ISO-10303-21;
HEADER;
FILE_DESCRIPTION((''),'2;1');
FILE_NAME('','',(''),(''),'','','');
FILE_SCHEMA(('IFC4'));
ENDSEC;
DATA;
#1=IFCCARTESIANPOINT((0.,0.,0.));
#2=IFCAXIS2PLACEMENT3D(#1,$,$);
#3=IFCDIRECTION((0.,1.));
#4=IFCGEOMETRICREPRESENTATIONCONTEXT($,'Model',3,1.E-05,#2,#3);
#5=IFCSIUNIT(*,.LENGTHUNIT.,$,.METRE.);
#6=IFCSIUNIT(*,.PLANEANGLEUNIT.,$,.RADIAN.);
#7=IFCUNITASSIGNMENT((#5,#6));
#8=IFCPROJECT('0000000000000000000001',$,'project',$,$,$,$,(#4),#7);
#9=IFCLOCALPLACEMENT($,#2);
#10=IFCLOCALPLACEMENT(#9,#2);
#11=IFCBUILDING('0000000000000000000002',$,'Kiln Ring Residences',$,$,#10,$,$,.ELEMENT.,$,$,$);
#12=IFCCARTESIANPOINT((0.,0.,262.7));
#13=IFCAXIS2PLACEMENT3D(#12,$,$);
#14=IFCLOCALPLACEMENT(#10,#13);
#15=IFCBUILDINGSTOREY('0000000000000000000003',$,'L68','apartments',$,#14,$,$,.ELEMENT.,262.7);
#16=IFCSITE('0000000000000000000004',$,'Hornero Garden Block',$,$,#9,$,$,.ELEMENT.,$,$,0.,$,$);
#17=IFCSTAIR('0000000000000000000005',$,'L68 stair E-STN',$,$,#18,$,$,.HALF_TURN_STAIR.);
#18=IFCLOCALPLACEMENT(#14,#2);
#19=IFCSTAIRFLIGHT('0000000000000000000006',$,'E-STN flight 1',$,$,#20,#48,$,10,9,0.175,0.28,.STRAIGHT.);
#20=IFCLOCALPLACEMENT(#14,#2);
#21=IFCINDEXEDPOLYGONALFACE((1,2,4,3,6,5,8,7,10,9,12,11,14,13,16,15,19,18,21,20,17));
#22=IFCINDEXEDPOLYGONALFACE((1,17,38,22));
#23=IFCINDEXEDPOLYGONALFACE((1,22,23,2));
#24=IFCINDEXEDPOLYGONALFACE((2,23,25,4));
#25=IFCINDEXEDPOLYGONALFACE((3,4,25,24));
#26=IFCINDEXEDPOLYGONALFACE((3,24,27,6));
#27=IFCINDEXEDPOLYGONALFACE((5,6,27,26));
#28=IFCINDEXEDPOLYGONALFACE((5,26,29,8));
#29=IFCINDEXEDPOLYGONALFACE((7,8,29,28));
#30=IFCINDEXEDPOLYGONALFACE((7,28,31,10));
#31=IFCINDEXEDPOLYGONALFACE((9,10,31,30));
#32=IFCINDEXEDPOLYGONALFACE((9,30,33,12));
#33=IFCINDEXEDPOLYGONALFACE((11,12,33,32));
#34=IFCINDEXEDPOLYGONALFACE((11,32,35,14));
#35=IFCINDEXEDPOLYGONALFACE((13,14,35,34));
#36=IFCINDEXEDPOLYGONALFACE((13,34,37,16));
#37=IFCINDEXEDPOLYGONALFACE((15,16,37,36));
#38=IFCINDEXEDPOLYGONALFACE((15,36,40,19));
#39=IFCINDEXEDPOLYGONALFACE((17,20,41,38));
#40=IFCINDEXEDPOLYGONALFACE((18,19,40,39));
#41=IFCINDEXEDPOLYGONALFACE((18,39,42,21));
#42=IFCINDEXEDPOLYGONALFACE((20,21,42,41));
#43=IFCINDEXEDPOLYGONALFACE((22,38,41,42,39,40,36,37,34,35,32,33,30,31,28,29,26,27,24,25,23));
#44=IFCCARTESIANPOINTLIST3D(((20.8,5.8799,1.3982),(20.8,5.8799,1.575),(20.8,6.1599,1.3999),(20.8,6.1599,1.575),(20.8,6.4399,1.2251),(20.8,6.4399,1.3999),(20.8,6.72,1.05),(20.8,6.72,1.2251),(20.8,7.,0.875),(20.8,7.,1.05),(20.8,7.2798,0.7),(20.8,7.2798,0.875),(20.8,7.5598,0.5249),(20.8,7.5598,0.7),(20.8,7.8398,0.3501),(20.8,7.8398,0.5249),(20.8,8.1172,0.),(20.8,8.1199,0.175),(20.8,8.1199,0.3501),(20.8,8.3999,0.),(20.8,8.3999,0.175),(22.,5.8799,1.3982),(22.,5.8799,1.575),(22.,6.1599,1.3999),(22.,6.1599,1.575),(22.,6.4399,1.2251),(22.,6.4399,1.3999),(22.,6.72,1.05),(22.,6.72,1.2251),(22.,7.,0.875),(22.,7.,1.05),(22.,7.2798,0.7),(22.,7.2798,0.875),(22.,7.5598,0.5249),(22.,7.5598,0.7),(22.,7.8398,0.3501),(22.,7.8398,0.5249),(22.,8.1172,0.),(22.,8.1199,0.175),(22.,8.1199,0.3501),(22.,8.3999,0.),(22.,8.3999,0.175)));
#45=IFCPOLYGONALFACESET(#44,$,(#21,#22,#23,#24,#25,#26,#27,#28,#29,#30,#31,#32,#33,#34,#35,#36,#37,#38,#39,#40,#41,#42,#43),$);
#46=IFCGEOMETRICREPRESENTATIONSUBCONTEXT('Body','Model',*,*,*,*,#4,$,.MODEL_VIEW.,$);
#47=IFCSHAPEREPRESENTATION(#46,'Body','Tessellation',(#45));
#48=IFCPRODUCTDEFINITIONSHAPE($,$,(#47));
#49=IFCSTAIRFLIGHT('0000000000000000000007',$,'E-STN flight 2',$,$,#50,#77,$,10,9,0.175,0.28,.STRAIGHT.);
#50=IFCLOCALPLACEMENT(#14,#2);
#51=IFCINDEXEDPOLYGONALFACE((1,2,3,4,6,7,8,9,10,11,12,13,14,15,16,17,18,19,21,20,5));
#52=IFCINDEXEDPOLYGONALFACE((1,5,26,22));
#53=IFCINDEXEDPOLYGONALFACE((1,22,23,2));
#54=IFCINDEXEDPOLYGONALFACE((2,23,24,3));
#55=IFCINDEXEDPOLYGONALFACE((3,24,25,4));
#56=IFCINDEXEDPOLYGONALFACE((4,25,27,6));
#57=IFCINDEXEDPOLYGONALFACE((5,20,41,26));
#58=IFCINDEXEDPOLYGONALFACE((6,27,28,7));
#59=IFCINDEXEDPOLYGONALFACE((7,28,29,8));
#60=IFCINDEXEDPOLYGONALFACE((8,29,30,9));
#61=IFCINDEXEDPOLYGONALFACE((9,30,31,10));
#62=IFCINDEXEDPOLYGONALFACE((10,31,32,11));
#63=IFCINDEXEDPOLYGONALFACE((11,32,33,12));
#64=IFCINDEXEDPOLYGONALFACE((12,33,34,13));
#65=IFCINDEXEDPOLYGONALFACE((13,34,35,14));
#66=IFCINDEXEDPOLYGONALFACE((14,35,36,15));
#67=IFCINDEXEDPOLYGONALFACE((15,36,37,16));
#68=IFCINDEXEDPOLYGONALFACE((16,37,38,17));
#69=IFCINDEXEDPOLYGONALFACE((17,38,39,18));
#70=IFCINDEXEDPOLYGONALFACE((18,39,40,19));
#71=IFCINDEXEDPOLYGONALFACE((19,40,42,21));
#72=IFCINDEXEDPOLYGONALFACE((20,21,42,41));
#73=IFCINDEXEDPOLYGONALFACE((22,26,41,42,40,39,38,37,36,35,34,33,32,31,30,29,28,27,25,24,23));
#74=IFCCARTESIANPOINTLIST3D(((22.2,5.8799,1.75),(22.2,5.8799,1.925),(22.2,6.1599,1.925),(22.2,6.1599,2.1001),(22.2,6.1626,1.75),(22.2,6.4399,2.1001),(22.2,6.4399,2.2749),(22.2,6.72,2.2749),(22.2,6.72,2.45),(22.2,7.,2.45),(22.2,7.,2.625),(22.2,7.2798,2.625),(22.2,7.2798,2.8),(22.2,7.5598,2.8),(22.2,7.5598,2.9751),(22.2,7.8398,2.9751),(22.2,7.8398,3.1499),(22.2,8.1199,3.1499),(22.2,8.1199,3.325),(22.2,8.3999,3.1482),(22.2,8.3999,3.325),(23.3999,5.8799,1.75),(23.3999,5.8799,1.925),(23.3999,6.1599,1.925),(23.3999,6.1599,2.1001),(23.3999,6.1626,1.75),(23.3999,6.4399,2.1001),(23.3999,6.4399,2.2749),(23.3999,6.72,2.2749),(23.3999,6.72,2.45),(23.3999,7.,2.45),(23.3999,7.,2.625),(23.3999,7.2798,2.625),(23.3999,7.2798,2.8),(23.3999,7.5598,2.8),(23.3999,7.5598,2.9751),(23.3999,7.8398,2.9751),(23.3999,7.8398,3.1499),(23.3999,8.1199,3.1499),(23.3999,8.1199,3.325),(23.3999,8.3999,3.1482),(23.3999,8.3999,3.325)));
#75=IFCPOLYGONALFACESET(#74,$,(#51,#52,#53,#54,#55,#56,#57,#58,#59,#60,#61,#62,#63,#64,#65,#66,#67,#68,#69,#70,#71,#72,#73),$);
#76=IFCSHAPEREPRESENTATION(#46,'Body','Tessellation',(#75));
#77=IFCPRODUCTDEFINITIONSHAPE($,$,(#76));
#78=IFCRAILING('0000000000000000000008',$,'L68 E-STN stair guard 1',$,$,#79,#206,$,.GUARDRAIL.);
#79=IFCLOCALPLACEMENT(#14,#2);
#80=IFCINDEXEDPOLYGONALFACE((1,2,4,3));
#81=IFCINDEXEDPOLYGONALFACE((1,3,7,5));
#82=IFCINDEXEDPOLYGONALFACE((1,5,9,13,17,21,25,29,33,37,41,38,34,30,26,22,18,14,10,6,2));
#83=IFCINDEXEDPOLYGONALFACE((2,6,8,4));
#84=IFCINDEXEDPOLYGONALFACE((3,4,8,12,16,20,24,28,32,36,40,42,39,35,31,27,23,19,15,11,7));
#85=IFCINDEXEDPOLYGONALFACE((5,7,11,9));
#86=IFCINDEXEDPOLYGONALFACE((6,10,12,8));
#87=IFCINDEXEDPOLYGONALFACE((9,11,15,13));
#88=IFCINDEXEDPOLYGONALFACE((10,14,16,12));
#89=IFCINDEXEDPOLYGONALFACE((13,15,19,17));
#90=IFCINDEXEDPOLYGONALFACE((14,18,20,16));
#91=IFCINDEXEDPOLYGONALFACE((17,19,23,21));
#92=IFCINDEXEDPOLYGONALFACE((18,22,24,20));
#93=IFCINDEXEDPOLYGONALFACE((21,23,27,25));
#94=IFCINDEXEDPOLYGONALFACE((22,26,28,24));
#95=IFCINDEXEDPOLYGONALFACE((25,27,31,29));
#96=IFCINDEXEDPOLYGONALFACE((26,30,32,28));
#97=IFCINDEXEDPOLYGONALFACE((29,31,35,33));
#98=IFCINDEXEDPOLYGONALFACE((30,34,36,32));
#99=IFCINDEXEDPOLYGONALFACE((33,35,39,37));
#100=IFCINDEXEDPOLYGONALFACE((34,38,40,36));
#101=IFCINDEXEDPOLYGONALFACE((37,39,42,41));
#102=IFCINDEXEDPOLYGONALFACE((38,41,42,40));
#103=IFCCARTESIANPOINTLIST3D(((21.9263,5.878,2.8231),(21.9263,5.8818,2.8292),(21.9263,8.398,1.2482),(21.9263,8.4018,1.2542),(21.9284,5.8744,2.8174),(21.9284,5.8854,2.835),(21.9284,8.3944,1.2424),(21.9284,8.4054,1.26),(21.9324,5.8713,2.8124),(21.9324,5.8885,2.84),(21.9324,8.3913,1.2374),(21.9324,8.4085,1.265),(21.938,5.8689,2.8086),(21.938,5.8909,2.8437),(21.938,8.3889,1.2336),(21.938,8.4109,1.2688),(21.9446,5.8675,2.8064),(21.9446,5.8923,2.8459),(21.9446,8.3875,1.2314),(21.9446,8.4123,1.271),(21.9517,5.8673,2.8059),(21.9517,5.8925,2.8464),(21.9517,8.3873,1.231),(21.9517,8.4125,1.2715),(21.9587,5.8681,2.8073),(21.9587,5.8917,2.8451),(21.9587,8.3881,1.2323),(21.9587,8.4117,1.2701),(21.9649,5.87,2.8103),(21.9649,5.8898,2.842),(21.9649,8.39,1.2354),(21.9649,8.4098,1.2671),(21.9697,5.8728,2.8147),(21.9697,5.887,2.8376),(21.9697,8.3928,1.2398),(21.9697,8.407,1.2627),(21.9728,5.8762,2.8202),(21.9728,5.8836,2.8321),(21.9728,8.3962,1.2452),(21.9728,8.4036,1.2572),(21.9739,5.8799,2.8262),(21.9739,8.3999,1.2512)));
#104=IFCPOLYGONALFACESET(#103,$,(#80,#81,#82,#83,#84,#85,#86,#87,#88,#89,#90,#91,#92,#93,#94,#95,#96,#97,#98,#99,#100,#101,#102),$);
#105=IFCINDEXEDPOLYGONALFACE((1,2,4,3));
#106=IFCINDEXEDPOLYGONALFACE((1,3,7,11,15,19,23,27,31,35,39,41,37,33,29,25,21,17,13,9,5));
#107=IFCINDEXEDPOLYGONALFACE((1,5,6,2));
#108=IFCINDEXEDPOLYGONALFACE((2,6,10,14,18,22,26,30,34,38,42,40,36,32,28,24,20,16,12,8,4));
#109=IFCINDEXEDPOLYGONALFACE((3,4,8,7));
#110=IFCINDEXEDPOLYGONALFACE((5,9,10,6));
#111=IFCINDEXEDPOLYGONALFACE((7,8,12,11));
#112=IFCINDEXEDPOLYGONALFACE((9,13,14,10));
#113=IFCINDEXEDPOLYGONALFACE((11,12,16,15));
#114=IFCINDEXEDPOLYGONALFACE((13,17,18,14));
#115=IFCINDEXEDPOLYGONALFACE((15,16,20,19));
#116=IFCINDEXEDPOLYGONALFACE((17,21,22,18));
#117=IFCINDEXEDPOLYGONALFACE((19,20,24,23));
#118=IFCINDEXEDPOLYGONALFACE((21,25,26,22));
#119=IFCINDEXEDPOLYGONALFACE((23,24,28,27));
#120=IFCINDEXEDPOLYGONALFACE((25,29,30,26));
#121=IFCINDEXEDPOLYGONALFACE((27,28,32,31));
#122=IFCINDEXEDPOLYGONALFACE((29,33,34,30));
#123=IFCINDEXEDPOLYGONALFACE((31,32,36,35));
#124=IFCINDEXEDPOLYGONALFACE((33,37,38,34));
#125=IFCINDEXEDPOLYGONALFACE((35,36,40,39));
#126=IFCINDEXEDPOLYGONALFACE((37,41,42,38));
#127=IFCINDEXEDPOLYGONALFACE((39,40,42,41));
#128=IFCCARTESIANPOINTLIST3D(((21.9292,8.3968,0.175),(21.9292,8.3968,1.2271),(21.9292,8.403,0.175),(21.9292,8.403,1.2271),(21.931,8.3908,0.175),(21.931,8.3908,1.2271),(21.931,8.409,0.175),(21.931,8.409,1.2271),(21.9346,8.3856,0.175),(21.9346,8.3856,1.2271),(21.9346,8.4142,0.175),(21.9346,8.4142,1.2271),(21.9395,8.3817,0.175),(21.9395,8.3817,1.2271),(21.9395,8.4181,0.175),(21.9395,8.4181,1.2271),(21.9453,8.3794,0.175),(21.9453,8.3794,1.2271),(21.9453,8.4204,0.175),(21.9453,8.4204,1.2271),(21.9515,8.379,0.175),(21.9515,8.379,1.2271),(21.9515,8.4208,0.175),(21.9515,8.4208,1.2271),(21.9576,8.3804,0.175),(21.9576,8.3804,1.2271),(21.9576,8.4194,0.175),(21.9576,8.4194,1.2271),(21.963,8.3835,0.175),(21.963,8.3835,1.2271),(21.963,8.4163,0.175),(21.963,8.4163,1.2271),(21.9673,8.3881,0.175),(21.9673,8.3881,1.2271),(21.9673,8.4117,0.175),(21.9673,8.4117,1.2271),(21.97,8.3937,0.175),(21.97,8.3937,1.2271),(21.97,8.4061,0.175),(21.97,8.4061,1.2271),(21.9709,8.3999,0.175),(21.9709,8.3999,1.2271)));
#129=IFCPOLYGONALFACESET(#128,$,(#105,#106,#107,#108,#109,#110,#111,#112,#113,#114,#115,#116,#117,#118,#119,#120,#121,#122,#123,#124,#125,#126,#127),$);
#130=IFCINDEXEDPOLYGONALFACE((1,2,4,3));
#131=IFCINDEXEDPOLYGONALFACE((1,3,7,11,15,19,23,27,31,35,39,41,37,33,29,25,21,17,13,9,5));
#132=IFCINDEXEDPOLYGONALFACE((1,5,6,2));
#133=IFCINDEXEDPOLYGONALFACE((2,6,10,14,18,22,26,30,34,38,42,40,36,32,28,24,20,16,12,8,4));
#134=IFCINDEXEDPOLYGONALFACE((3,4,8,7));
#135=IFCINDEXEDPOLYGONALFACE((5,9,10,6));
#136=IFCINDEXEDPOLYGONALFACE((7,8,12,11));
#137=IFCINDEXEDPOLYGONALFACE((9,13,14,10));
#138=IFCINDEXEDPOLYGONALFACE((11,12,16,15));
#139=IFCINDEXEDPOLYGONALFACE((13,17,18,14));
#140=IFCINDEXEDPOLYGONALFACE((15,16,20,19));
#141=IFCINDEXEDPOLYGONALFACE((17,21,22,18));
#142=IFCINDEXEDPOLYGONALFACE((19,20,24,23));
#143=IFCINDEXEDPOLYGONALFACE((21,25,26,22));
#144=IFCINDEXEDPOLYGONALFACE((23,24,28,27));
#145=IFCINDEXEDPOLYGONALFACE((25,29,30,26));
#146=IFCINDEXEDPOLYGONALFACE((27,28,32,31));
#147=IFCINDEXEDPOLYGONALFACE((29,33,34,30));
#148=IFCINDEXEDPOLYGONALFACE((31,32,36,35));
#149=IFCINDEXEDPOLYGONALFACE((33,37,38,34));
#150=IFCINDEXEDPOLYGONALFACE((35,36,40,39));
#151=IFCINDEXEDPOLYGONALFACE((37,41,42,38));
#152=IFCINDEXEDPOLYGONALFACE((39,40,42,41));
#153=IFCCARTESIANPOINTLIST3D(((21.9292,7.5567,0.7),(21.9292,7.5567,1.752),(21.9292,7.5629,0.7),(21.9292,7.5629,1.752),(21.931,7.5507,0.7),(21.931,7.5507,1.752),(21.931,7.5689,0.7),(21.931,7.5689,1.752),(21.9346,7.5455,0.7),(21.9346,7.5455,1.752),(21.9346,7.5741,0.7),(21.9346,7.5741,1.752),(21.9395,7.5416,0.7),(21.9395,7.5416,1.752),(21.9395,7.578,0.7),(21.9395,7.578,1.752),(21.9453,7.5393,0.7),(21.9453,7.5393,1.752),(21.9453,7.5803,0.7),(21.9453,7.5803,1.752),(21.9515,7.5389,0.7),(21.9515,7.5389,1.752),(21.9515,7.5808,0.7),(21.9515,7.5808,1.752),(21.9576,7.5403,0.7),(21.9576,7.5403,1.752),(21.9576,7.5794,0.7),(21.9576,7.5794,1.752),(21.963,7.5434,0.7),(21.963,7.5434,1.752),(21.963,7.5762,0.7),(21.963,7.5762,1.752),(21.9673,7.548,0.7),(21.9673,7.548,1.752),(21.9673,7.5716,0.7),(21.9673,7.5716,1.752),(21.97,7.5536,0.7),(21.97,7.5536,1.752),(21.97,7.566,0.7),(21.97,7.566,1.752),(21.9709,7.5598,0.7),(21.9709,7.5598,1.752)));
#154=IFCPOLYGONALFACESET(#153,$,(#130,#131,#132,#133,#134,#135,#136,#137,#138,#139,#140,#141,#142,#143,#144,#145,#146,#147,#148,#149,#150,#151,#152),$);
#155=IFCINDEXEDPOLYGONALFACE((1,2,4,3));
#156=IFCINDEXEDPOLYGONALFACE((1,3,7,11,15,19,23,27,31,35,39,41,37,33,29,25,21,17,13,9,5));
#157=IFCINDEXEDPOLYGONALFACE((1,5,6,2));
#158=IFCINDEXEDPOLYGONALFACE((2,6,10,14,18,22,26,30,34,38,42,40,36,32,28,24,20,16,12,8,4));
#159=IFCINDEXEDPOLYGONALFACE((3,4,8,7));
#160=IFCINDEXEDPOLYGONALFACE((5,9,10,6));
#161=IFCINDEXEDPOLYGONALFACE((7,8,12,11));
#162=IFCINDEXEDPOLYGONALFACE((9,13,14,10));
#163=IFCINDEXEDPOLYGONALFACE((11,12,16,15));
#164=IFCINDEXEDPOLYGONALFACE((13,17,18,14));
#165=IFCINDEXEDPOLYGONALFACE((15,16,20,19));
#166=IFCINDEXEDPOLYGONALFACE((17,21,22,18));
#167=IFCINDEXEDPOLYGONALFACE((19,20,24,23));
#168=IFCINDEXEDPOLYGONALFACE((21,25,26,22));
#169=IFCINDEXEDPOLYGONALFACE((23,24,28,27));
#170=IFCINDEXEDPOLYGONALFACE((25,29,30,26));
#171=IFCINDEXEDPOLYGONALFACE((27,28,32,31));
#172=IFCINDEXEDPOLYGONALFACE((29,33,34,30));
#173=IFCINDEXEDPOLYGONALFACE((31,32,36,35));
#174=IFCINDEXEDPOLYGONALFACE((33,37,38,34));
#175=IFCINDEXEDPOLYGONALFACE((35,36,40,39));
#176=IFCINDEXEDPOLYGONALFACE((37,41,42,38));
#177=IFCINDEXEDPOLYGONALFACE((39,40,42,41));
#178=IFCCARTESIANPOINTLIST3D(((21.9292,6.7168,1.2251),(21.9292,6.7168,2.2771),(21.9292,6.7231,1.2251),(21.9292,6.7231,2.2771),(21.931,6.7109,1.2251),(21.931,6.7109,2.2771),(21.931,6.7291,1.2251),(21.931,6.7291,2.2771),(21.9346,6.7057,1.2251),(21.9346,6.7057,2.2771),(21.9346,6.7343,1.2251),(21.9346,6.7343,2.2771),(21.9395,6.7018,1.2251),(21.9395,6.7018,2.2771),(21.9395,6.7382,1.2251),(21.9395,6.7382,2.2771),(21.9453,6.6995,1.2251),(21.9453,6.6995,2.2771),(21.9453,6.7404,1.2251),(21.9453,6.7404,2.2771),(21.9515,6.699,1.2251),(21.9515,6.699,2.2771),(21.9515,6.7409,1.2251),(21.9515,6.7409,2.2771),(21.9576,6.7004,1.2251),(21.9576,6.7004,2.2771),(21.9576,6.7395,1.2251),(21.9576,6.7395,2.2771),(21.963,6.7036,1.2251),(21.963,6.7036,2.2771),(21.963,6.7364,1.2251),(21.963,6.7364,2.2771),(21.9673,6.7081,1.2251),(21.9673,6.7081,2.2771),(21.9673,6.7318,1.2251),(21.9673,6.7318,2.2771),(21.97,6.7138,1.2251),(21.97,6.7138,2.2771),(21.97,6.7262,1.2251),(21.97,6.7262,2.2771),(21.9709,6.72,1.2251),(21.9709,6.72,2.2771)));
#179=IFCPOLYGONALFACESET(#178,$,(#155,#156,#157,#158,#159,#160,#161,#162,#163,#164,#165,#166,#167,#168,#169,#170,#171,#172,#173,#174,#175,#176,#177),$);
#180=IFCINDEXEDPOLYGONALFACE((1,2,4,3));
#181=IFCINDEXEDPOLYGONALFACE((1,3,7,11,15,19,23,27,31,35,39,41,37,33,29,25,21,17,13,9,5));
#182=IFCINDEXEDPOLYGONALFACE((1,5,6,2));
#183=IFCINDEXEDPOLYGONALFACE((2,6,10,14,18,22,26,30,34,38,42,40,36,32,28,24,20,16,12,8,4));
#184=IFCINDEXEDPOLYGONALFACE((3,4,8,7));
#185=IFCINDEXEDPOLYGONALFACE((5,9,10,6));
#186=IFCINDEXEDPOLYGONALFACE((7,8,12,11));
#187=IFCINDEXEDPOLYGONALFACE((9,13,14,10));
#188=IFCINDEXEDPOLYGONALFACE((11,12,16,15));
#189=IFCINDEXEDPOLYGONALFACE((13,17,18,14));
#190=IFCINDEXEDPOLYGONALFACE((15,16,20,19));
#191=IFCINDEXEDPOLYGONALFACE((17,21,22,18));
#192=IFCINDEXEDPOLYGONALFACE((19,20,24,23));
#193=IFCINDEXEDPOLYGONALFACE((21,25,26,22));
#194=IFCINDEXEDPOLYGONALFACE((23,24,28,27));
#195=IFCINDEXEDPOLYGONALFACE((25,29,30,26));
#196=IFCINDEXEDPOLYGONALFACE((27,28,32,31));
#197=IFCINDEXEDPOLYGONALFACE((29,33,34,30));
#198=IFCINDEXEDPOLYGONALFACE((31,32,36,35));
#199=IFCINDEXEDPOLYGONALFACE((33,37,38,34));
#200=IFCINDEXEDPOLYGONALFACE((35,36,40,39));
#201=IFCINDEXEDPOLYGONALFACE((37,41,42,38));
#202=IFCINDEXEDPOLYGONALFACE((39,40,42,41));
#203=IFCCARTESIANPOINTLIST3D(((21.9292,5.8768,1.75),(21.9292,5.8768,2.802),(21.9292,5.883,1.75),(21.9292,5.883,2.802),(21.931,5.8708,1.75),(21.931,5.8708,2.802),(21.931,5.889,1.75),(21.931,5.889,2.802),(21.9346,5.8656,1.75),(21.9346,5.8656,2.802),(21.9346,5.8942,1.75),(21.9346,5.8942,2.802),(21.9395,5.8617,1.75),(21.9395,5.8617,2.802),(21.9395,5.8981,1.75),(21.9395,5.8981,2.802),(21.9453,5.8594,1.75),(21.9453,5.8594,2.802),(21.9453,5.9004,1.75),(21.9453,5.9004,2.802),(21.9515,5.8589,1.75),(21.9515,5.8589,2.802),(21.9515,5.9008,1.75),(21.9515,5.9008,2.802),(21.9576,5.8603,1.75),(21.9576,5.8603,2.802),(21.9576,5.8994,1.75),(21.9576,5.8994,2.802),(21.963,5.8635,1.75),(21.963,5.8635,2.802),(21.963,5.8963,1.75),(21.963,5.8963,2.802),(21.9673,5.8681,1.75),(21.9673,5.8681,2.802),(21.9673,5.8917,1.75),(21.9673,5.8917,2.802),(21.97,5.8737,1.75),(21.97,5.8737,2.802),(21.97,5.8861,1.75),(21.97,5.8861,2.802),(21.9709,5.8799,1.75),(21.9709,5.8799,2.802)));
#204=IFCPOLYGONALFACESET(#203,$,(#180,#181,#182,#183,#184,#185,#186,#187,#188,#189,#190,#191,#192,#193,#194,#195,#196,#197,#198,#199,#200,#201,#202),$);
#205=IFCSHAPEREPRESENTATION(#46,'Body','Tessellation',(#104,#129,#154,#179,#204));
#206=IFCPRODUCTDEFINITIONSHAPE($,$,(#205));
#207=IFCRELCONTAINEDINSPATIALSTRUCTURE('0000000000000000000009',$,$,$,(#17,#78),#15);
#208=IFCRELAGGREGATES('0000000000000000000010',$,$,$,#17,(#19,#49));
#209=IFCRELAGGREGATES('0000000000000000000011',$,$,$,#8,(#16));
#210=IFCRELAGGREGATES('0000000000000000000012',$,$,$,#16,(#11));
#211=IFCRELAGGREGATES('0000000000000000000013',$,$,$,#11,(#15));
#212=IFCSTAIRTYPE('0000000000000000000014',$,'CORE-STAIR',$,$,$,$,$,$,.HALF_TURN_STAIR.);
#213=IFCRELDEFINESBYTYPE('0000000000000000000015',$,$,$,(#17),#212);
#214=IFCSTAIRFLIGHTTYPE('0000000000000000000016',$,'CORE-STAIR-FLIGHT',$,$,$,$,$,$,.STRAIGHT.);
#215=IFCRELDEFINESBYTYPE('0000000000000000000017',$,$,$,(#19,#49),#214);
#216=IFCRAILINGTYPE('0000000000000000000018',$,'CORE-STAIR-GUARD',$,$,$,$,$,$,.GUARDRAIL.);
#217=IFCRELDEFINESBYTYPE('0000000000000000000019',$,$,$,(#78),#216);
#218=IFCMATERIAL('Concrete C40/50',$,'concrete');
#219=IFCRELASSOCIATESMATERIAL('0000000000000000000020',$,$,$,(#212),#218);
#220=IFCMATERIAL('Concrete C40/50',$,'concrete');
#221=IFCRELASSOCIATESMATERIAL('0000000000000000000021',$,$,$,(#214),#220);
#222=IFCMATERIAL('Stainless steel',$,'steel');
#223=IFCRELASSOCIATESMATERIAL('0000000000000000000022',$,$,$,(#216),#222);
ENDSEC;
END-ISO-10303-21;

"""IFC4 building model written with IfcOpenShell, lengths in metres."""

from ifc_helpers import new_model, si_unit, direction, frame, origin, origin_2d, place, context, subcontext, project, spatial, polyline, circle, outline, extrude, material, type_object, element, aggregate, save


model = new_model("IFC4")

# Units and contexts
model_context = context("Model", 3, precision=1e-05, world=origin(), true_north=direction((0.0, 1.0)))
body_context = subcontext(model_context, "Body", "Model", "MODEL_VIEW")
ifc_project = project(units=[si_unit("LENGTHUNIT", "METRE"), si_unit("PLANEANGLEUNIT", "RADIAN")], contexts=[model_context])

# Site, building, storey
site_placement = place(None, origin())
site = spatial("IfcSite", under=ifc_project, at=site_placement, Name="Hornero Garden Block", CompositionType="ELEMENT", RefElevation=0.0)
building_placement = place(site_placement, origin())
building = spatial("IfcBuilding", under=site, at=building_placement, Name="Kiln Ring Residences", CompositionType="ELEMENT")
storey_placement = place(building_placement, frame((0.0, 0.0, 262.7)))
storey = spatial("IfcBuildingStorey", under=building, at=storey_placement, Name="L68", Description="apartments", CompositionType="ELEMENT", Elevation=262.7)

# Stair, stair flights
ifc_material_1 = material(Name="Concrete C40/50", Category="concrete")
stair_type = type_object("IfcStairType", Name="CORE-STAIR", PredefinedType="HALF_TURN_STAIR", material=ifc_material_1)
stair_placement = place(storey_placement, origin())
stair = element("IfcStair", 1, at=stair_placement, inside=storey, type_object=stair_type, Name="L68 stair E-STN", PredefinedType="HALF_TURN_STAIR")
ifc_material_2 = material(Name="Concrete C40/50", Category="concrete")
stair_flight_type = type_object("IfcStairFlightType", Name="CORE-STAIR-FLIGHT", PredefinedType="STRAIGHT", material=ifc_material_2)
stair_flight_1_placement = place(storey_placement, frame((21.3999, 8.3999, 0.0), z_axis=(0.0, 0.0, 1.0), x_axis=(0.0, -1.0, 0.0)))
stair_flight_1 = element("IfcStairFlight", 2, at=stair_flight_1_placement, type_object=stair_flight_type, Name="E-STN flight 1", NumberOfRisers=10, NumberOfTreads=9, PredefinedType="STRAIGHT", RiserHeight=0.175, TreadLength=0.28, context=body_context, shape_type="SweptSolid", body=[
    extrude(outline(polyline([(0.0, 0.0), (0.0, 0.175), (0.28, 0.175), (0.28, 0.3501), (0.5601, 0.3501), (0.5601, 0.5249), (0.8401, 0.5249), (0.8401, 0.7), (1.1201, 0.7), (1.1201, 0.875), (1.3999, 0.875), (1.3999, 1.05), (1.6799, 1.05), (1.6799, 1.2251), (1.96, 1.2251), (1.96, 1.3999), (2.24, 1.3999), (2.24, 1.575), (2.52, 1.575), (2.52, 1.75), (2.52, 1.3982), (0.2827, 0.0), (0.0, 0.0)])), frame((0.0, 0.6001, 0.0), z_axis=(0.0, -1.0, 0.0), x_axis=(1.0, 0.0, 0.0)), (0.0, 0.0, 1.0), 1.2),
])
stair_flight_2_placement = place(storey_placement, frame((22.8, 5.8799, 1.75), z_axis=(0.0, 0.0, 1.0), x_axis=(0.0, 1.0, 0.0)))
stair_flight_2 = element("IfcStairFlight", 3, at=stair_flight_2_placement, type_object=stair_flight_type, Name="E-STN flight 2", NumberOfRisers=10, NumberOfTreads=9, PredefinedType="STRAIGHT", RiserHeight=0.175, TreadLength=0.28, context=body_context, shape_type="SweptSolid", body=[
    extrude(outline(polyline([(0.0, 0.0), (0.0, 0.175), (0.28, 0.175), (0.28, 0.3501), (0.5601, 0.3501), (0.5601, 0.5249), (0.8401, 0.5249), (0.8401, 0.7), (1.1201, 0.7), (1.1201, 0.875), (1.3999, 0.875), (1.3999, 1.05), (1.6799, 1.05), (1.6799, 1.2251), (1.96, 1.2251), (1.96, 1.3999), (2.24, 1.3999), (2.24, 1.575), (2.52, 1.575), (2.52, 1.75), (2.52, 1.3982), (0.2827, 0.0), (0.0, 0.0)])), frame((0.0, 0.6001, 0.0), z_axis=(0.0, -1.0, 0.0), x_axis=(1.0, 0.0, 0.0)), (0.0, 0.0, 1.0), 1.2),
])
aggregate(stair, [stair_flight_1, stair_flight_2])

# Railing
ifc_material_3 = material(Name="Stainless steel", Category="steel")
railing_type_1 = type_object("IfcRailingType", Name="CORE-STAIR-GUARD", PredefinedType="GUARDRAIL", material=ifc_material_3)
railing_1_placement = place(storey_placement, frame((21.95, 8.3999, 0.175)))
element("IfcRailing", 4, at=railing_1_placement, inside=storey, type_object=railing_type_1, Name="L68 E-STN stair guard 1", PredefinedType="GUARDRAIL", context=body_context, shape_type="SweptSolid", body=[
    extrude(circle(Radius=0.0239, at=origin_2d()), frame((0.0, 0.0, 1.0762), z_axis=(0.0, -0.848008, 0.529984), x_axis=(1.0, 0.0, 0.0)), (0.0, 0.0, 1.0), 2.9717),
    extrude(circle(Radius=0.021, at=origin_2d()), origin(), (0.0, 0.0, 1.0), 1.052),
    extrude(circle(Radius=0.021, at=origin_2d()), frame((0.0, -0.8401, 0.5249)), (0.0, 0.0, 1.0), 1.052),
    extrude(circle(Radius=0.021, at=origin_2d()), frame((0.0, -1.6799, 1.05)), (0.0, 0.0, 1.0), 1.052),
    extrude(circle(Radius=0.021, at=origin_2d()), frame((0.0, -2.52, 1.575)), (0.0, 0.0, 1.0), 1.052),
])

save(model, "model.ifc")
